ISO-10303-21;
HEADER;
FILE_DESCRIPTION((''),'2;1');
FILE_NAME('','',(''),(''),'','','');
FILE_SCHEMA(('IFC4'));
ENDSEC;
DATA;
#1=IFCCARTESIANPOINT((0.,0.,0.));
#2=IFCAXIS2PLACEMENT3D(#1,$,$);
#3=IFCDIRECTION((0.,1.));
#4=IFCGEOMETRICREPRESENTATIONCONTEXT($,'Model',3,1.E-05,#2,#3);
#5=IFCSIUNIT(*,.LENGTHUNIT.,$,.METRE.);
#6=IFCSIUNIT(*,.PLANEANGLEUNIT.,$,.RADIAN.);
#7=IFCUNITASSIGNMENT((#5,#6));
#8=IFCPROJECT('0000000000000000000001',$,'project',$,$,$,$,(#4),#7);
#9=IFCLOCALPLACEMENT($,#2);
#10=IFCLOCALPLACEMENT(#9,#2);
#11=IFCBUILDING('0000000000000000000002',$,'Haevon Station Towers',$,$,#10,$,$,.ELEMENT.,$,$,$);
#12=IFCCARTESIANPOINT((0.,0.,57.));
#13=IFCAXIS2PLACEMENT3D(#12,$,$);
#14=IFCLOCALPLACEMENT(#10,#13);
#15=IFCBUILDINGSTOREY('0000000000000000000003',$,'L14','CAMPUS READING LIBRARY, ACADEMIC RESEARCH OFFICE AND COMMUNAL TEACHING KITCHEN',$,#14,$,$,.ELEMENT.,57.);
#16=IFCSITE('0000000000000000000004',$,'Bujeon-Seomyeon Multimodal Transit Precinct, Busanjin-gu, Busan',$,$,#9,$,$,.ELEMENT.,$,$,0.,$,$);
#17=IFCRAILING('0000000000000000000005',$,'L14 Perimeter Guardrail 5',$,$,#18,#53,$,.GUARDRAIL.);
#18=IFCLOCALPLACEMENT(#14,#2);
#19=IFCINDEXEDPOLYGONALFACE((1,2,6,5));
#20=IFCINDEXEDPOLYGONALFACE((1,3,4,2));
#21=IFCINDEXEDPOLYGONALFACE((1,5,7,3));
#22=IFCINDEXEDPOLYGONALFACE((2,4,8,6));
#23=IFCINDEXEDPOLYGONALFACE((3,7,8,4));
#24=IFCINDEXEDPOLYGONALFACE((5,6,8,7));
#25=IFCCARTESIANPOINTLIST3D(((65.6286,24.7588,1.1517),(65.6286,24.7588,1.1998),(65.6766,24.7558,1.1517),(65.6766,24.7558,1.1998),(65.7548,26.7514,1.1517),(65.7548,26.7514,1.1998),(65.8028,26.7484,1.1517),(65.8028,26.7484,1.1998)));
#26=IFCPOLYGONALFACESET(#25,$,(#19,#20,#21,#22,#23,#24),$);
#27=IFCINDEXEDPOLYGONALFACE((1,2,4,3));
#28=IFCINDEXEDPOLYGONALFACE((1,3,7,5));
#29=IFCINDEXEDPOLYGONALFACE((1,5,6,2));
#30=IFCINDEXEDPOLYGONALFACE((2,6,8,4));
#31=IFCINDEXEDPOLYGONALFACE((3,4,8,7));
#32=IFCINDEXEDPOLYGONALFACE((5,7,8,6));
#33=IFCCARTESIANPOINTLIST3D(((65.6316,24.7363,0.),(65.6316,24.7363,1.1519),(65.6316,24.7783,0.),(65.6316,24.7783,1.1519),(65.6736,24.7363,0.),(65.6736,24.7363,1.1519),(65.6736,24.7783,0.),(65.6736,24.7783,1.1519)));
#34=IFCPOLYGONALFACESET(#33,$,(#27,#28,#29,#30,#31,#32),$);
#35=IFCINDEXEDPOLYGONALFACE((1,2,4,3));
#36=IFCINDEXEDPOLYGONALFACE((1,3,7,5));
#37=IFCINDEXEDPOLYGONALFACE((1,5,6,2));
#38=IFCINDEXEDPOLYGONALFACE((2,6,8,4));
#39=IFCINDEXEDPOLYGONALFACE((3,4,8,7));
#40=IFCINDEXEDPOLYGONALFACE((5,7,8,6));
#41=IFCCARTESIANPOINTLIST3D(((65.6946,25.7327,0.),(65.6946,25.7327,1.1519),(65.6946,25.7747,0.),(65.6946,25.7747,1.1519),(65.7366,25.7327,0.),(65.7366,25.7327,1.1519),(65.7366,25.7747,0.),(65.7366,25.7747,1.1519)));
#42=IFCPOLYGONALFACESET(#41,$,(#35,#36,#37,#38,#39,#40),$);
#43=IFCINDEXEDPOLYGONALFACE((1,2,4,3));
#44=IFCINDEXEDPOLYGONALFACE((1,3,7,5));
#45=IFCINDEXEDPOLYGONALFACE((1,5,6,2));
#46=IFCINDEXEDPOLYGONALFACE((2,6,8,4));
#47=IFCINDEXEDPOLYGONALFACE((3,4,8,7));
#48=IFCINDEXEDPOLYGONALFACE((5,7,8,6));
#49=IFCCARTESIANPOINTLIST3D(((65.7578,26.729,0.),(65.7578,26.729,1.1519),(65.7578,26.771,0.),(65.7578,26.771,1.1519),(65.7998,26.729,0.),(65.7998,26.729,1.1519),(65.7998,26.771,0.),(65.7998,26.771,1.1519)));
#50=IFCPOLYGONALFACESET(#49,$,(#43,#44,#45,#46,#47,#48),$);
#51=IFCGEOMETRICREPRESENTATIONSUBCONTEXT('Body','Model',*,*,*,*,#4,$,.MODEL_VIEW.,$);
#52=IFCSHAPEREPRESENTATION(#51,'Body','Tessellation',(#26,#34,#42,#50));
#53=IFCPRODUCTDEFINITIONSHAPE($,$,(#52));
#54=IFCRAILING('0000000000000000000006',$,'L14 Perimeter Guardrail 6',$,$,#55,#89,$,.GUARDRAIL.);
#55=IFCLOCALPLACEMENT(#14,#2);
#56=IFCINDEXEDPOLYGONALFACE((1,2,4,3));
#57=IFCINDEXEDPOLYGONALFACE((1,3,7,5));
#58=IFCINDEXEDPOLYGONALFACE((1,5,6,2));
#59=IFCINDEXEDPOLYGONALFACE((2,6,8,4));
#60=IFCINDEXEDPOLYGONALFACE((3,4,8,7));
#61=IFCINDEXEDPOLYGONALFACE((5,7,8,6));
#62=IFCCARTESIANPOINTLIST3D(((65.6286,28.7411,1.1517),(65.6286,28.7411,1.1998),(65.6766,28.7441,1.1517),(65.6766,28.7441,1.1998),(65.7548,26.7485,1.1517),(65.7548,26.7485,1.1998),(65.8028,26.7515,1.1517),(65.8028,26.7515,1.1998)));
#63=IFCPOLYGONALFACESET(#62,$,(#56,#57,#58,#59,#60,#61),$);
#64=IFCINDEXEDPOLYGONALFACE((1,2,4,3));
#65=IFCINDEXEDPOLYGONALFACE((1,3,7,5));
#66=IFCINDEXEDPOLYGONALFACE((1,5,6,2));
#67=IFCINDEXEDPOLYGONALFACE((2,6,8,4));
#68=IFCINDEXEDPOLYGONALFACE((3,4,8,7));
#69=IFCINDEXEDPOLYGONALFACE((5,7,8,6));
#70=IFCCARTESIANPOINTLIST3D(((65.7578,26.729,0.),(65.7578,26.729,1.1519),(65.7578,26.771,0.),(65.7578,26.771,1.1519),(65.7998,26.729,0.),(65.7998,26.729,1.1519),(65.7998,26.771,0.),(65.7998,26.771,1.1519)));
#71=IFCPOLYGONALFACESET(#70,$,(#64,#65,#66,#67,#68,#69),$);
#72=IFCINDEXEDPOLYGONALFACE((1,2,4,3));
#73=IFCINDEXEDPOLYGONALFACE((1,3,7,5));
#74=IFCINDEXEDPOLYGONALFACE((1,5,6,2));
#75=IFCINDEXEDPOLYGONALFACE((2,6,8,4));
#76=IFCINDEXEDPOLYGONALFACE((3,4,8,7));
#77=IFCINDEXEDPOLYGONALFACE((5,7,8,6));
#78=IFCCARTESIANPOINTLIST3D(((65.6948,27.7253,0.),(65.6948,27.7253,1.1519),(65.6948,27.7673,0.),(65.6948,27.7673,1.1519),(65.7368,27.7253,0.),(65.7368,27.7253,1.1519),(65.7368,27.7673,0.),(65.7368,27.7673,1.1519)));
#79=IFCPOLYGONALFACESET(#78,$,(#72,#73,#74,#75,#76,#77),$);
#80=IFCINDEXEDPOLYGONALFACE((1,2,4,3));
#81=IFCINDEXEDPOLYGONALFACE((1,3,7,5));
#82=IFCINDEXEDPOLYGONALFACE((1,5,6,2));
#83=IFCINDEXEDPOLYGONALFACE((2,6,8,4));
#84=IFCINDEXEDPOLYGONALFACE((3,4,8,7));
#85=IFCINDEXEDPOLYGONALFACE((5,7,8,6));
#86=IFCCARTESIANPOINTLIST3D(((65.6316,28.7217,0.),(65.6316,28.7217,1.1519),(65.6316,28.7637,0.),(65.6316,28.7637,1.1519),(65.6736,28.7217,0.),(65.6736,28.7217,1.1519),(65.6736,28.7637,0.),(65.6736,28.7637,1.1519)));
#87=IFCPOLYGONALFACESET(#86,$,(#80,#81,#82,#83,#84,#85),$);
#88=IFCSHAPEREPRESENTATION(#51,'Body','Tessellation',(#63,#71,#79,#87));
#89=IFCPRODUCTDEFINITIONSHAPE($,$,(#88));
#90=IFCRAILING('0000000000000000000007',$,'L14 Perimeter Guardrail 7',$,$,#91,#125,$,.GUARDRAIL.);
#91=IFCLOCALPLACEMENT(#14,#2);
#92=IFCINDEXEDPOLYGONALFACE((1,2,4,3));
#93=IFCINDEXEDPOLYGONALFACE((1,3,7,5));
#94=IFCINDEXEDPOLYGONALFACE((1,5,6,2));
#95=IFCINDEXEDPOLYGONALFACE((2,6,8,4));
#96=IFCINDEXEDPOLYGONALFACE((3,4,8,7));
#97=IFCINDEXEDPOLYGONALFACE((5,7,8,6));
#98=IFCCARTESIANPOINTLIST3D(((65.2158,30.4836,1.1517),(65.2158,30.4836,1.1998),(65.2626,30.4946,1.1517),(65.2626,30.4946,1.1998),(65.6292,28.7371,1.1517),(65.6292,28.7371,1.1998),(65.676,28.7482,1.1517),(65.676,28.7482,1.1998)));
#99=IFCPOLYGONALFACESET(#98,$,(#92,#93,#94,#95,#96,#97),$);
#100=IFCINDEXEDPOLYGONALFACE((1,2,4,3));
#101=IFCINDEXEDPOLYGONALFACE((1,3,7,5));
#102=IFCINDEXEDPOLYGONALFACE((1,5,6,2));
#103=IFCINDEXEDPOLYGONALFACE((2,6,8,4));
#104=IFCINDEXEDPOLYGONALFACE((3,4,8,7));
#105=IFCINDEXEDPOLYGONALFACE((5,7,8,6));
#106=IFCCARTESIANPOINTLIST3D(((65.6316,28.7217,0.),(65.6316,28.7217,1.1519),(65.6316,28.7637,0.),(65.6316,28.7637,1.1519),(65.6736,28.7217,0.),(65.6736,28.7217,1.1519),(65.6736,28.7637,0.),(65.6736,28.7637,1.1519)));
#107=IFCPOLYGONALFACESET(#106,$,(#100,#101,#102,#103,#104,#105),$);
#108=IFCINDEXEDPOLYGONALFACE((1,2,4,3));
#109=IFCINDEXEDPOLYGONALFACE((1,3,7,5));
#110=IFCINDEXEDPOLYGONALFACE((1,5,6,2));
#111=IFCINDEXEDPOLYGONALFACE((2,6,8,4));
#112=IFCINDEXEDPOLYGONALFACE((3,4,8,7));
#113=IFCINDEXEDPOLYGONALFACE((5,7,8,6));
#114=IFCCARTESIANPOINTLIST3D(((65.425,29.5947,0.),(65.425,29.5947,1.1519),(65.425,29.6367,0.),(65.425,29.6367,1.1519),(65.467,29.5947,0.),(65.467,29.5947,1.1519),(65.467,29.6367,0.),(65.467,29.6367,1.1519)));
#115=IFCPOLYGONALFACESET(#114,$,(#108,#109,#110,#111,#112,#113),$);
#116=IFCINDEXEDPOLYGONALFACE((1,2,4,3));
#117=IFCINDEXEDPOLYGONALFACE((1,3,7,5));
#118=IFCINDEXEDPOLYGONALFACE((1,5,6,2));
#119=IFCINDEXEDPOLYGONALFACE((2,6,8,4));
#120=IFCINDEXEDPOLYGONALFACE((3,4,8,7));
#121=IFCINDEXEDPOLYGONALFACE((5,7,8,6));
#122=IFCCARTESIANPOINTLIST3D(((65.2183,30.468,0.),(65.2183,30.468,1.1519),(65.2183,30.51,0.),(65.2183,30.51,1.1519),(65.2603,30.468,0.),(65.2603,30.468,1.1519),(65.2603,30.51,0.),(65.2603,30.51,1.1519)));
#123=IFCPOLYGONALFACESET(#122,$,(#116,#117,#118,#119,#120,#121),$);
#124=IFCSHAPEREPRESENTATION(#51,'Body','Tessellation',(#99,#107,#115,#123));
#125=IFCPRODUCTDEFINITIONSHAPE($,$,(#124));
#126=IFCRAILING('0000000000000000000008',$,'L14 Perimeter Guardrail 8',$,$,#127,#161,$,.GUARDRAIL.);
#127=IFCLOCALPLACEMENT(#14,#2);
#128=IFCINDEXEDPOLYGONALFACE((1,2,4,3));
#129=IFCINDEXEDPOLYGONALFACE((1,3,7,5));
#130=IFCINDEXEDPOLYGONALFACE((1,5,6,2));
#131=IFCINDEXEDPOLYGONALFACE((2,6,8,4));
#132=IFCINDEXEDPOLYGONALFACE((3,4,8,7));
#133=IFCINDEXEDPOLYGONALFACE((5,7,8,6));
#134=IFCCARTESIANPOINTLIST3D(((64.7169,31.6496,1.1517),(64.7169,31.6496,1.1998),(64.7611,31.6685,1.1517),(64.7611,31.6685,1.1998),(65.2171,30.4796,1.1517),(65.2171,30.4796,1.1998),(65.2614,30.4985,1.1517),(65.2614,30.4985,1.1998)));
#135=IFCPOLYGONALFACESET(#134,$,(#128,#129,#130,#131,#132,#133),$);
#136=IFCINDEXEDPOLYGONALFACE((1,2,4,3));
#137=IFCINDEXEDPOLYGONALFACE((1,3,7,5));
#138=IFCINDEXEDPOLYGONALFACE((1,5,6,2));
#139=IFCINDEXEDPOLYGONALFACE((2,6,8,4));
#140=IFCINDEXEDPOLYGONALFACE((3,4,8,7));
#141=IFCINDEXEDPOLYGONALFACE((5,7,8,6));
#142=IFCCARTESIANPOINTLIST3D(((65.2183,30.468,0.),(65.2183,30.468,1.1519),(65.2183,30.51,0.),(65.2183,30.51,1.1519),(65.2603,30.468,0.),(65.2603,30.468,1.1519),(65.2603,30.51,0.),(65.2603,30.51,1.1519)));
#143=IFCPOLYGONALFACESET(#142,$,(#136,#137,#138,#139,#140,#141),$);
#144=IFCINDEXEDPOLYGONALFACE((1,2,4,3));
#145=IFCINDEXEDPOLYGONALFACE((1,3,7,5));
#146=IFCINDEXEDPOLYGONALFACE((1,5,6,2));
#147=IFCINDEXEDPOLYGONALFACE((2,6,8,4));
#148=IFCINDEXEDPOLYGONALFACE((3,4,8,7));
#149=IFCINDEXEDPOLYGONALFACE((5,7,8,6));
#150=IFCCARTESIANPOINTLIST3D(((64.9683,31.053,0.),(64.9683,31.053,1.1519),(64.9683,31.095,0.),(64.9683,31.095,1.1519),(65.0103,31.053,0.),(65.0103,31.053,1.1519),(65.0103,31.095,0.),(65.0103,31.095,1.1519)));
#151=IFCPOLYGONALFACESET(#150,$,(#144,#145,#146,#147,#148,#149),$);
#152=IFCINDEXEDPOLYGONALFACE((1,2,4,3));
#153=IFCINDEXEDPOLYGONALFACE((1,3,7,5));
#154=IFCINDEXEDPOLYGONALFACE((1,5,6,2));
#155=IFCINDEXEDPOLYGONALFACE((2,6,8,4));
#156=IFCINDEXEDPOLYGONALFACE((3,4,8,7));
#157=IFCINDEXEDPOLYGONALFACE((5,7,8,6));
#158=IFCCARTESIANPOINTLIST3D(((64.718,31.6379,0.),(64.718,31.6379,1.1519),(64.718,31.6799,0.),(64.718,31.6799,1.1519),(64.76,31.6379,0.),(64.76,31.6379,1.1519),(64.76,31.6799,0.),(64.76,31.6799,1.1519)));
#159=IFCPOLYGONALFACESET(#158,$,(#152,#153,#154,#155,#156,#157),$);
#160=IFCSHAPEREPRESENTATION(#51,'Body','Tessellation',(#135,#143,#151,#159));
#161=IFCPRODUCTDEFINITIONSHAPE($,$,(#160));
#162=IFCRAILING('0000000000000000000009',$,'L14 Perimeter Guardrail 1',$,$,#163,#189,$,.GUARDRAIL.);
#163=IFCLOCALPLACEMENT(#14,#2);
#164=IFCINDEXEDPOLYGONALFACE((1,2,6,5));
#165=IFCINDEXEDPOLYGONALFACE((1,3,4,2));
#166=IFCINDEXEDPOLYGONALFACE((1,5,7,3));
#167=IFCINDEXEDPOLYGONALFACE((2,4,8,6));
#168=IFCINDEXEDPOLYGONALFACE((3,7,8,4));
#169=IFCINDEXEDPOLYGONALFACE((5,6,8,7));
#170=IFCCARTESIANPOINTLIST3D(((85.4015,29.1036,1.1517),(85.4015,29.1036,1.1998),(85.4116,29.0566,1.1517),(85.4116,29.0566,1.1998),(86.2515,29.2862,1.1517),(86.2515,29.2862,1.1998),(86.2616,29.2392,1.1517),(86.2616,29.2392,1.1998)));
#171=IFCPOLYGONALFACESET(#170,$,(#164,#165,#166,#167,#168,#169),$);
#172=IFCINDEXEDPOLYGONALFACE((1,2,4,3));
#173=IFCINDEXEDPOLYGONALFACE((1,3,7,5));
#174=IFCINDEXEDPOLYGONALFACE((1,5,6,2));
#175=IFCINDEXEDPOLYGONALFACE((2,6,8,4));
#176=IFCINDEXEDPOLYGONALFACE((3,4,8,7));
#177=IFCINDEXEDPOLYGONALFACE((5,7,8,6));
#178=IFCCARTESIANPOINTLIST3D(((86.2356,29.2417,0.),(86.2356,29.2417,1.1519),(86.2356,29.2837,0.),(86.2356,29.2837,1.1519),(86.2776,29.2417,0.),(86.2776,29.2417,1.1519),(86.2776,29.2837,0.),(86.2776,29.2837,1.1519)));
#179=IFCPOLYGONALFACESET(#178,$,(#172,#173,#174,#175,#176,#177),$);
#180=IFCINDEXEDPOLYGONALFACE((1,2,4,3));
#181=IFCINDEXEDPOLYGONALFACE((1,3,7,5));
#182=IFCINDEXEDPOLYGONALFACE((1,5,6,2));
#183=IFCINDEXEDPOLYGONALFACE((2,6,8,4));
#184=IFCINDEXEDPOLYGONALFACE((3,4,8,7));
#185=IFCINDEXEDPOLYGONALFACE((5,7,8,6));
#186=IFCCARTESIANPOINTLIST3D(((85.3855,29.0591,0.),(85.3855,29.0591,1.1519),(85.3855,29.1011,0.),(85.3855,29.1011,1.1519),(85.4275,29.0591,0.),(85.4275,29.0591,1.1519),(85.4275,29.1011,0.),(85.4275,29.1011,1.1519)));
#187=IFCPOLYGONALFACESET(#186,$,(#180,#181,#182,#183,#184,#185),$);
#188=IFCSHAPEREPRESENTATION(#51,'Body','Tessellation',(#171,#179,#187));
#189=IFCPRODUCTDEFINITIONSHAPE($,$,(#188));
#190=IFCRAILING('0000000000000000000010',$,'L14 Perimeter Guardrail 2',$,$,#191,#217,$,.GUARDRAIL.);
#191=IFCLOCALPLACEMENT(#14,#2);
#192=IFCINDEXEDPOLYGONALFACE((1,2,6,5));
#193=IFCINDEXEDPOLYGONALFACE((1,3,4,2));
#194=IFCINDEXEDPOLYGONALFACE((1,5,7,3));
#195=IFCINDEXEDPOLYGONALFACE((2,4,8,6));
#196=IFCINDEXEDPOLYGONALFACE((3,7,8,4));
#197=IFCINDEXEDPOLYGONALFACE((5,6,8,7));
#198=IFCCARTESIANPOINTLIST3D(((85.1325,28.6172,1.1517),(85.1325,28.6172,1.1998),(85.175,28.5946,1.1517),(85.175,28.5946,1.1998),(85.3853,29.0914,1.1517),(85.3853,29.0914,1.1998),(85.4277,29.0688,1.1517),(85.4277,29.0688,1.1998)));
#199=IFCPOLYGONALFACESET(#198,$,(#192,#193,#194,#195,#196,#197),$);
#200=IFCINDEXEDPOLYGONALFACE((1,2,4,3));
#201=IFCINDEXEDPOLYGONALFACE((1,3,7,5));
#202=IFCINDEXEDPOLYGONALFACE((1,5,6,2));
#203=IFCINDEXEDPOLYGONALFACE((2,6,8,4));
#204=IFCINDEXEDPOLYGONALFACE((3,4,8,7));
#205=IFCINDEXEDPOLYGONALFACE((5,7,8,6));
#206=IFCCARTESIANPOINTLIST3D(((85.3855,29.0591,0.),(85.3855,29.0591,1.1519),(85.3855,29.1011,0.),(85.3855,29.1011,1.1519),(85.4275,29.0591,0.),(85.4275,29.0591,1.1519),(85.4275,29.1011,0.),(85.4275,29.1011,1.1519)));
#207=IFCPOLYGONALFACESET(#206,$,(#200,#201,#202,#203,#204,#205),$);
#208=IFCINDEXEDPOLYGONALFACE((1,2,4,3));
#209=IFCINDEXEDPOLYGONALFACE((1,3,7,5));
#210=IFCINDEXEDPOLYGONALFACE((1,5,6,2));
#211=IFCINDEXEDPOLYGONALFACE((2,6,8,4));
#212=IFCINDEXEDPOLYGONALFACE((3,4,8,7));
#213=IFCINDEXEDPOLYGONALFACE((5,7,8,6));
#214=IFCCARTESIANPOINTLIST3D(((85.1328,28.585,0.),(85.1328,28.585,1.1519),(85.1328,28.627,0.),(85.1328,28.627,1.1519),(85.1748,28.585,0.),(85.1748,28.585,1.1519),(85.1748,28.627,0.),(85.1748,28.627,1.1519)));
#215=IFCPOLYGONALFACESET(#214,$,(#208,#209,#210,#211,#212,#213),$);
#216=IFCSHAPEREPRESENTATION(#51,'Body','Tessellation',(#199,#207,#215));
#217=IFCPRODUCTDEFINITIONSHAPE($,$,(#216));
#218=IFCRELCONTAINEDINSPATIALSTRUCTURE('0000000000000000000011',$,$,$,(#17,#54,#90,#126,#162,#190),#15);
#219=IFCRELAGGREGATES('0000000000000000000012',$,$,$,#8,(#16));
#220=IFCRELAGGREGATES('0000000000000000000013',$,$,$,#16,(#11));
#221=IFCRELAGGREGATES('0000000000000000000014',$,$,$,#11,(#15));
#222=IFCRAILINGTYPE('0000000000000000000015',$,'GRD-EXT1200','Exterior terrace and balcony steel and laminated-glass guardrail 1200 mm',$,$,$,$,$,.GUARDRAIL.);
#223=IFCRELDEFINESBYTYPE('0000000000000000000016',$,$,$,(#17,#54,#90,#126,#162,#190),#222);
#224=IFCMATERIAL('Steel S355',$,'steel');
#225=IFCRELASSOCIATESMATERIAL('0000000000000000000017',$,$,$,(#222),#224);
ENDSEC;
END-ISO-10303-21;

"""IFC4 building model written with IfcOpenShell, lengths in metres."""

from ifc_helpers import new_model, si_unit, direction, frame, origin, origin_2d, place, context, subcontext, project, spatial, rectangle, extrude, material, type_object, element, save


model = new_model("IFC4")

# Units and contexts
model_context = context("Model", 3, precision=1e-05, world=origin(), true_north=direction((0.0, 1.0)))
body_context = subcontext(model_context, "Body", "Model", "MODEL_VIEW")
ifc_project = project(units=[si_unit("LENGTHUNIT", "METRE"), si_unit("PLANEANGLEUNIT", "RADIAN")], contexts=[model_context])

# Site, building, storey
site_placement = place(None, origin())
site = spatial("IfcSite", under=ifc_project, at=site_placement, Name="Bujeon-Seomyeon Multimodal Transit Precinct, Busanjin-gu, Busan", CompositionType="ELEMENT", RefElevation=0.0)
building_placement = place(site_placement, origin())
building = spatial("IfcBuilding", under=site, at=building_placement, Name="Haevon Station Towers", CompositionType="ELEMENT")
storey_placement = place(building_placement, frame((0.0, 0.0, 57.0)))
storey = spatial("IfcBuildingStorey", under=building, at=storey_placement, Name="L14", Description="CAMPUS READING LIBRARY, ACADEMIC RESEARCH OFFICE AND COMMUNAL TEACHING KITCHEN", CompositionType="ELEMENT", Elevation=57.0)

# Shared definitions
ifc_material_1 = material(Name="Steel S355", Category="steel")

# Railings
railing_type = type_object("IfcRailingType", Name="GRD-EXT1200", Description="Exterior terrace and balcony steel and laminated-glass guardrail 1200 mm", PredefinedType="GUARDRAIL", material=ifc_material_1)
railing_1_placement = place(storey_placement, frame((65.6526, 24.7573, 0.0)))
element("IfcRailing", 1, at=railing_1_placement, inside=storey, type_object=railing_type, Name="L14 Perimeter Guardrail 5", PredefinedType="GUARDRAIL", context=body_context, shape_type="SweptSolid", body=[
    extrude(rectangle(XDim=0.0481, YDim=0.0481, at=origin_2d()), frame((0.0, 0.0, 1.1758), z_axis=(0.063216, 0.998, 0.0), x_axis=(-0.998, 0.063216, 0.0)), (0.0, 0.0, 1.0), 1.9966),
    extrude(rectangle(XDim=0.042, YDim=0.042, at=origin_2d()), origin(), (0.0, 0.0, 1.0), 1.1519),
    extrude(rectangle(XDim=0.042, YDim=0.042, at=origin_2d()), frame((0.063, 0.9963, 0.0)), (0.0, 0.0, 1.0), 1.1519),
    extrude(rectangle(XDim=0.042, YDim=0.042, at=origin_2d()), frame((0.1262, 1.9927, 0.0)), (0.0, 0.0, 1.0), 1.1519),
])
railing_2_placement = place(storey_placement, frame((65.7788, 26.75, 0.0)))
element("IfcRailing", 2, at=railing_2_placement, inside=storey, type_object=railing_type, Name="L14 Perimeter Guardrail 6", PredefinedType="GUARDRAIL", context=body_context, shape_type="SweptSolid", body=[
    extrude(rectangle(XDim=0.0481, YDim=0.0481, at=origin_2d()), frame((0.0, 0.0, 1.1758), z_axis=(-0.063216, 0.998, 0.0), x_axis=(-0.998, -0.063216, 0.0)), (0.0, 0.0, 1.0), 1.9966),
    extrude(rectangle(XDim=0.042, YDim=0.042, at=origin_2d()), origin(), (0.0, 0.0, 1.0), 1.1519),
    extrude(rectangle(XDim=0.042, YDim=0.042, at=origin_2d()), frame((-0.063, 0.9963, 0.0)), (0.0, 0.0, 1.0), 1.1519),
    extrude(rectangle(XDim=0.042, YDim=0.042, at=origin_2d()), frame((-0.1262, 1.9927, 0.0)), (0.0, 0.0, 1.0), 1.1519),
])
railing_3_placement = place(storey_placement, frame((65.6526, 28.7427, 0.0)))
element("IfcRailing", 3, at=railing_3_placement, inside=storey, type_object=railing_type, Name="L14 Perimeter Guardrail 7", PredefinedType="GUARDRAIL", context=body_context, shape_type="SweptSolid", body=[
    extrude(rectangle(XDim=0.0481, YDim=0.0481, at=origin_2d()), frame((0.0, 0.0, 1.1758), z_axis=(-0.230321, 0.973115, 0.0), x_axis=(-0.973115, -0.230321, 0.0)), (0.0, 0.0, 1.0), 1.7947),
    extrude(rectangle(XDim=0.042, YDim=0.042, at=origin_2d()), origin(), (0.0, 0.0, 1.0), 1.1519),
    extrude(rectangle(XDim=0.042, YDim=0.042, at=origin_2d()), frame((-0.2065, 0.873, 0.0)), (0.0, 0.0, 1.0), 1.1519),
    extrude(rectangle(XDim=0.042, YDim=0.042, at=origin_2d()), frame((-0.4133, 1.7463, 0.0)), (0.0, 0.0, 1.0), 1.1519),
])
railing_4_placement = place(storey_placement, frame((65.2393, 30.489, 0.0)))
element("IfcRailing", 4, at=railing_4_placement, inside=storey, type_object=railing_type, Name="L14 Perimeter Guardrail 8", PredefinedType="GUARDRAIL", context=body_context, shape_type="SweptSolid", body=[
    extrude(rectangle(XDim=0.0481, YDim=0.0481, at=origin_2d()), frame((0.0, 0.0, 1.1758), z_axis=(-0.393155, 0.919472, 0.0), x_axis=(-0.919472, -0.393155, 0.0)), (0.0, 0.0, 1.0), 1.2725),
    extrude(rectangle(XDim=0.042, YDim=0.042, at=origin_2d()), origin(), (0.0, 0.0, 1.0), 1.1519),
    extrude(rectangle(XDim=0.042, YDim=0.042, at=origin_2d()), frame((-0.25, 0.585, 0.0)), (0.0, 0.0, 1.0), 1.1519),
    extrude(rectangle(XDim=0.042, YDim=0.042, at=origin_2d()), frame((-0.5002, 1.1699, 0.0)), (0.0, 0.0, 1.0), 1.1519),
])
railing_5_placement = place(storey_placement, frame((86.2566, 29.2627, 0.0)))
element("IfcRailing", 5, at=railing_5_placement, inside=storey, type_object=railing_type, Name="L14 Perimeter Guardrail 1", PredefinedType="GUARDRAIL", context=body_context, shape_type="SweptSolid", body=[
    extrude(rectangle(XDim=0.0481, YDim=0.0481, at=origin_2d()), frame((0.0, 0.0, 1.1758), z_axis=(-0.977695, -0.210028, 0.0), x_axis=(0.210028, -0.977695, 0.0)), (0.0, 0.0, 1.0), 0.8694),
    extrude(rectangle(XDim=0.042, YDim=0.042, at=origin_2d()), origin(), (0.0, 0.0, 1.0), 1.1519),
    extrude(rectangle(XDim=0.042, YDim=0.042, at=origin_2d()), frame((-0.8501, -0.1826, 0.0)), (0.0, 0.0, 1.0), 1.1519),
])
railing_6_placement = place(storey_placement, frame((85.4065, 29.0801, 0.0)))
element("IfcRailing", 6, at=railing_6_placement, inside=storey, type_object=railing_type, Name="L14 Perimeter Guardrail 2", PredefinedType="GUARDRAIL", context=body_context, shape_type="SweptSolid", body=[
    extrude(rectangle(XDim=0.0481, YDim=0.0481, at=origin_2d()), frame((0.0, 0.0, 1.1758), z_axis=(-0.470329, -0.882491, 0.0), x_axis=(0.882491, -0.470329, 0.0)), (0.0, 0.0, 1.0), 0.5374),
    extrude(rectangle(XDim=0.042, YDim=0.042, at=origin_2d()), origin(), (0.0, 0.0, 1.0), 1.1519),
    extrude(rectangle(XDim=0.042, YDim=0.042, at=origin_2d()), frame((-0.2527, -0.4741, 0.0)), (0.0, 0.0, 1.0), 1.1519),
])

save(model, "model.ifc")
